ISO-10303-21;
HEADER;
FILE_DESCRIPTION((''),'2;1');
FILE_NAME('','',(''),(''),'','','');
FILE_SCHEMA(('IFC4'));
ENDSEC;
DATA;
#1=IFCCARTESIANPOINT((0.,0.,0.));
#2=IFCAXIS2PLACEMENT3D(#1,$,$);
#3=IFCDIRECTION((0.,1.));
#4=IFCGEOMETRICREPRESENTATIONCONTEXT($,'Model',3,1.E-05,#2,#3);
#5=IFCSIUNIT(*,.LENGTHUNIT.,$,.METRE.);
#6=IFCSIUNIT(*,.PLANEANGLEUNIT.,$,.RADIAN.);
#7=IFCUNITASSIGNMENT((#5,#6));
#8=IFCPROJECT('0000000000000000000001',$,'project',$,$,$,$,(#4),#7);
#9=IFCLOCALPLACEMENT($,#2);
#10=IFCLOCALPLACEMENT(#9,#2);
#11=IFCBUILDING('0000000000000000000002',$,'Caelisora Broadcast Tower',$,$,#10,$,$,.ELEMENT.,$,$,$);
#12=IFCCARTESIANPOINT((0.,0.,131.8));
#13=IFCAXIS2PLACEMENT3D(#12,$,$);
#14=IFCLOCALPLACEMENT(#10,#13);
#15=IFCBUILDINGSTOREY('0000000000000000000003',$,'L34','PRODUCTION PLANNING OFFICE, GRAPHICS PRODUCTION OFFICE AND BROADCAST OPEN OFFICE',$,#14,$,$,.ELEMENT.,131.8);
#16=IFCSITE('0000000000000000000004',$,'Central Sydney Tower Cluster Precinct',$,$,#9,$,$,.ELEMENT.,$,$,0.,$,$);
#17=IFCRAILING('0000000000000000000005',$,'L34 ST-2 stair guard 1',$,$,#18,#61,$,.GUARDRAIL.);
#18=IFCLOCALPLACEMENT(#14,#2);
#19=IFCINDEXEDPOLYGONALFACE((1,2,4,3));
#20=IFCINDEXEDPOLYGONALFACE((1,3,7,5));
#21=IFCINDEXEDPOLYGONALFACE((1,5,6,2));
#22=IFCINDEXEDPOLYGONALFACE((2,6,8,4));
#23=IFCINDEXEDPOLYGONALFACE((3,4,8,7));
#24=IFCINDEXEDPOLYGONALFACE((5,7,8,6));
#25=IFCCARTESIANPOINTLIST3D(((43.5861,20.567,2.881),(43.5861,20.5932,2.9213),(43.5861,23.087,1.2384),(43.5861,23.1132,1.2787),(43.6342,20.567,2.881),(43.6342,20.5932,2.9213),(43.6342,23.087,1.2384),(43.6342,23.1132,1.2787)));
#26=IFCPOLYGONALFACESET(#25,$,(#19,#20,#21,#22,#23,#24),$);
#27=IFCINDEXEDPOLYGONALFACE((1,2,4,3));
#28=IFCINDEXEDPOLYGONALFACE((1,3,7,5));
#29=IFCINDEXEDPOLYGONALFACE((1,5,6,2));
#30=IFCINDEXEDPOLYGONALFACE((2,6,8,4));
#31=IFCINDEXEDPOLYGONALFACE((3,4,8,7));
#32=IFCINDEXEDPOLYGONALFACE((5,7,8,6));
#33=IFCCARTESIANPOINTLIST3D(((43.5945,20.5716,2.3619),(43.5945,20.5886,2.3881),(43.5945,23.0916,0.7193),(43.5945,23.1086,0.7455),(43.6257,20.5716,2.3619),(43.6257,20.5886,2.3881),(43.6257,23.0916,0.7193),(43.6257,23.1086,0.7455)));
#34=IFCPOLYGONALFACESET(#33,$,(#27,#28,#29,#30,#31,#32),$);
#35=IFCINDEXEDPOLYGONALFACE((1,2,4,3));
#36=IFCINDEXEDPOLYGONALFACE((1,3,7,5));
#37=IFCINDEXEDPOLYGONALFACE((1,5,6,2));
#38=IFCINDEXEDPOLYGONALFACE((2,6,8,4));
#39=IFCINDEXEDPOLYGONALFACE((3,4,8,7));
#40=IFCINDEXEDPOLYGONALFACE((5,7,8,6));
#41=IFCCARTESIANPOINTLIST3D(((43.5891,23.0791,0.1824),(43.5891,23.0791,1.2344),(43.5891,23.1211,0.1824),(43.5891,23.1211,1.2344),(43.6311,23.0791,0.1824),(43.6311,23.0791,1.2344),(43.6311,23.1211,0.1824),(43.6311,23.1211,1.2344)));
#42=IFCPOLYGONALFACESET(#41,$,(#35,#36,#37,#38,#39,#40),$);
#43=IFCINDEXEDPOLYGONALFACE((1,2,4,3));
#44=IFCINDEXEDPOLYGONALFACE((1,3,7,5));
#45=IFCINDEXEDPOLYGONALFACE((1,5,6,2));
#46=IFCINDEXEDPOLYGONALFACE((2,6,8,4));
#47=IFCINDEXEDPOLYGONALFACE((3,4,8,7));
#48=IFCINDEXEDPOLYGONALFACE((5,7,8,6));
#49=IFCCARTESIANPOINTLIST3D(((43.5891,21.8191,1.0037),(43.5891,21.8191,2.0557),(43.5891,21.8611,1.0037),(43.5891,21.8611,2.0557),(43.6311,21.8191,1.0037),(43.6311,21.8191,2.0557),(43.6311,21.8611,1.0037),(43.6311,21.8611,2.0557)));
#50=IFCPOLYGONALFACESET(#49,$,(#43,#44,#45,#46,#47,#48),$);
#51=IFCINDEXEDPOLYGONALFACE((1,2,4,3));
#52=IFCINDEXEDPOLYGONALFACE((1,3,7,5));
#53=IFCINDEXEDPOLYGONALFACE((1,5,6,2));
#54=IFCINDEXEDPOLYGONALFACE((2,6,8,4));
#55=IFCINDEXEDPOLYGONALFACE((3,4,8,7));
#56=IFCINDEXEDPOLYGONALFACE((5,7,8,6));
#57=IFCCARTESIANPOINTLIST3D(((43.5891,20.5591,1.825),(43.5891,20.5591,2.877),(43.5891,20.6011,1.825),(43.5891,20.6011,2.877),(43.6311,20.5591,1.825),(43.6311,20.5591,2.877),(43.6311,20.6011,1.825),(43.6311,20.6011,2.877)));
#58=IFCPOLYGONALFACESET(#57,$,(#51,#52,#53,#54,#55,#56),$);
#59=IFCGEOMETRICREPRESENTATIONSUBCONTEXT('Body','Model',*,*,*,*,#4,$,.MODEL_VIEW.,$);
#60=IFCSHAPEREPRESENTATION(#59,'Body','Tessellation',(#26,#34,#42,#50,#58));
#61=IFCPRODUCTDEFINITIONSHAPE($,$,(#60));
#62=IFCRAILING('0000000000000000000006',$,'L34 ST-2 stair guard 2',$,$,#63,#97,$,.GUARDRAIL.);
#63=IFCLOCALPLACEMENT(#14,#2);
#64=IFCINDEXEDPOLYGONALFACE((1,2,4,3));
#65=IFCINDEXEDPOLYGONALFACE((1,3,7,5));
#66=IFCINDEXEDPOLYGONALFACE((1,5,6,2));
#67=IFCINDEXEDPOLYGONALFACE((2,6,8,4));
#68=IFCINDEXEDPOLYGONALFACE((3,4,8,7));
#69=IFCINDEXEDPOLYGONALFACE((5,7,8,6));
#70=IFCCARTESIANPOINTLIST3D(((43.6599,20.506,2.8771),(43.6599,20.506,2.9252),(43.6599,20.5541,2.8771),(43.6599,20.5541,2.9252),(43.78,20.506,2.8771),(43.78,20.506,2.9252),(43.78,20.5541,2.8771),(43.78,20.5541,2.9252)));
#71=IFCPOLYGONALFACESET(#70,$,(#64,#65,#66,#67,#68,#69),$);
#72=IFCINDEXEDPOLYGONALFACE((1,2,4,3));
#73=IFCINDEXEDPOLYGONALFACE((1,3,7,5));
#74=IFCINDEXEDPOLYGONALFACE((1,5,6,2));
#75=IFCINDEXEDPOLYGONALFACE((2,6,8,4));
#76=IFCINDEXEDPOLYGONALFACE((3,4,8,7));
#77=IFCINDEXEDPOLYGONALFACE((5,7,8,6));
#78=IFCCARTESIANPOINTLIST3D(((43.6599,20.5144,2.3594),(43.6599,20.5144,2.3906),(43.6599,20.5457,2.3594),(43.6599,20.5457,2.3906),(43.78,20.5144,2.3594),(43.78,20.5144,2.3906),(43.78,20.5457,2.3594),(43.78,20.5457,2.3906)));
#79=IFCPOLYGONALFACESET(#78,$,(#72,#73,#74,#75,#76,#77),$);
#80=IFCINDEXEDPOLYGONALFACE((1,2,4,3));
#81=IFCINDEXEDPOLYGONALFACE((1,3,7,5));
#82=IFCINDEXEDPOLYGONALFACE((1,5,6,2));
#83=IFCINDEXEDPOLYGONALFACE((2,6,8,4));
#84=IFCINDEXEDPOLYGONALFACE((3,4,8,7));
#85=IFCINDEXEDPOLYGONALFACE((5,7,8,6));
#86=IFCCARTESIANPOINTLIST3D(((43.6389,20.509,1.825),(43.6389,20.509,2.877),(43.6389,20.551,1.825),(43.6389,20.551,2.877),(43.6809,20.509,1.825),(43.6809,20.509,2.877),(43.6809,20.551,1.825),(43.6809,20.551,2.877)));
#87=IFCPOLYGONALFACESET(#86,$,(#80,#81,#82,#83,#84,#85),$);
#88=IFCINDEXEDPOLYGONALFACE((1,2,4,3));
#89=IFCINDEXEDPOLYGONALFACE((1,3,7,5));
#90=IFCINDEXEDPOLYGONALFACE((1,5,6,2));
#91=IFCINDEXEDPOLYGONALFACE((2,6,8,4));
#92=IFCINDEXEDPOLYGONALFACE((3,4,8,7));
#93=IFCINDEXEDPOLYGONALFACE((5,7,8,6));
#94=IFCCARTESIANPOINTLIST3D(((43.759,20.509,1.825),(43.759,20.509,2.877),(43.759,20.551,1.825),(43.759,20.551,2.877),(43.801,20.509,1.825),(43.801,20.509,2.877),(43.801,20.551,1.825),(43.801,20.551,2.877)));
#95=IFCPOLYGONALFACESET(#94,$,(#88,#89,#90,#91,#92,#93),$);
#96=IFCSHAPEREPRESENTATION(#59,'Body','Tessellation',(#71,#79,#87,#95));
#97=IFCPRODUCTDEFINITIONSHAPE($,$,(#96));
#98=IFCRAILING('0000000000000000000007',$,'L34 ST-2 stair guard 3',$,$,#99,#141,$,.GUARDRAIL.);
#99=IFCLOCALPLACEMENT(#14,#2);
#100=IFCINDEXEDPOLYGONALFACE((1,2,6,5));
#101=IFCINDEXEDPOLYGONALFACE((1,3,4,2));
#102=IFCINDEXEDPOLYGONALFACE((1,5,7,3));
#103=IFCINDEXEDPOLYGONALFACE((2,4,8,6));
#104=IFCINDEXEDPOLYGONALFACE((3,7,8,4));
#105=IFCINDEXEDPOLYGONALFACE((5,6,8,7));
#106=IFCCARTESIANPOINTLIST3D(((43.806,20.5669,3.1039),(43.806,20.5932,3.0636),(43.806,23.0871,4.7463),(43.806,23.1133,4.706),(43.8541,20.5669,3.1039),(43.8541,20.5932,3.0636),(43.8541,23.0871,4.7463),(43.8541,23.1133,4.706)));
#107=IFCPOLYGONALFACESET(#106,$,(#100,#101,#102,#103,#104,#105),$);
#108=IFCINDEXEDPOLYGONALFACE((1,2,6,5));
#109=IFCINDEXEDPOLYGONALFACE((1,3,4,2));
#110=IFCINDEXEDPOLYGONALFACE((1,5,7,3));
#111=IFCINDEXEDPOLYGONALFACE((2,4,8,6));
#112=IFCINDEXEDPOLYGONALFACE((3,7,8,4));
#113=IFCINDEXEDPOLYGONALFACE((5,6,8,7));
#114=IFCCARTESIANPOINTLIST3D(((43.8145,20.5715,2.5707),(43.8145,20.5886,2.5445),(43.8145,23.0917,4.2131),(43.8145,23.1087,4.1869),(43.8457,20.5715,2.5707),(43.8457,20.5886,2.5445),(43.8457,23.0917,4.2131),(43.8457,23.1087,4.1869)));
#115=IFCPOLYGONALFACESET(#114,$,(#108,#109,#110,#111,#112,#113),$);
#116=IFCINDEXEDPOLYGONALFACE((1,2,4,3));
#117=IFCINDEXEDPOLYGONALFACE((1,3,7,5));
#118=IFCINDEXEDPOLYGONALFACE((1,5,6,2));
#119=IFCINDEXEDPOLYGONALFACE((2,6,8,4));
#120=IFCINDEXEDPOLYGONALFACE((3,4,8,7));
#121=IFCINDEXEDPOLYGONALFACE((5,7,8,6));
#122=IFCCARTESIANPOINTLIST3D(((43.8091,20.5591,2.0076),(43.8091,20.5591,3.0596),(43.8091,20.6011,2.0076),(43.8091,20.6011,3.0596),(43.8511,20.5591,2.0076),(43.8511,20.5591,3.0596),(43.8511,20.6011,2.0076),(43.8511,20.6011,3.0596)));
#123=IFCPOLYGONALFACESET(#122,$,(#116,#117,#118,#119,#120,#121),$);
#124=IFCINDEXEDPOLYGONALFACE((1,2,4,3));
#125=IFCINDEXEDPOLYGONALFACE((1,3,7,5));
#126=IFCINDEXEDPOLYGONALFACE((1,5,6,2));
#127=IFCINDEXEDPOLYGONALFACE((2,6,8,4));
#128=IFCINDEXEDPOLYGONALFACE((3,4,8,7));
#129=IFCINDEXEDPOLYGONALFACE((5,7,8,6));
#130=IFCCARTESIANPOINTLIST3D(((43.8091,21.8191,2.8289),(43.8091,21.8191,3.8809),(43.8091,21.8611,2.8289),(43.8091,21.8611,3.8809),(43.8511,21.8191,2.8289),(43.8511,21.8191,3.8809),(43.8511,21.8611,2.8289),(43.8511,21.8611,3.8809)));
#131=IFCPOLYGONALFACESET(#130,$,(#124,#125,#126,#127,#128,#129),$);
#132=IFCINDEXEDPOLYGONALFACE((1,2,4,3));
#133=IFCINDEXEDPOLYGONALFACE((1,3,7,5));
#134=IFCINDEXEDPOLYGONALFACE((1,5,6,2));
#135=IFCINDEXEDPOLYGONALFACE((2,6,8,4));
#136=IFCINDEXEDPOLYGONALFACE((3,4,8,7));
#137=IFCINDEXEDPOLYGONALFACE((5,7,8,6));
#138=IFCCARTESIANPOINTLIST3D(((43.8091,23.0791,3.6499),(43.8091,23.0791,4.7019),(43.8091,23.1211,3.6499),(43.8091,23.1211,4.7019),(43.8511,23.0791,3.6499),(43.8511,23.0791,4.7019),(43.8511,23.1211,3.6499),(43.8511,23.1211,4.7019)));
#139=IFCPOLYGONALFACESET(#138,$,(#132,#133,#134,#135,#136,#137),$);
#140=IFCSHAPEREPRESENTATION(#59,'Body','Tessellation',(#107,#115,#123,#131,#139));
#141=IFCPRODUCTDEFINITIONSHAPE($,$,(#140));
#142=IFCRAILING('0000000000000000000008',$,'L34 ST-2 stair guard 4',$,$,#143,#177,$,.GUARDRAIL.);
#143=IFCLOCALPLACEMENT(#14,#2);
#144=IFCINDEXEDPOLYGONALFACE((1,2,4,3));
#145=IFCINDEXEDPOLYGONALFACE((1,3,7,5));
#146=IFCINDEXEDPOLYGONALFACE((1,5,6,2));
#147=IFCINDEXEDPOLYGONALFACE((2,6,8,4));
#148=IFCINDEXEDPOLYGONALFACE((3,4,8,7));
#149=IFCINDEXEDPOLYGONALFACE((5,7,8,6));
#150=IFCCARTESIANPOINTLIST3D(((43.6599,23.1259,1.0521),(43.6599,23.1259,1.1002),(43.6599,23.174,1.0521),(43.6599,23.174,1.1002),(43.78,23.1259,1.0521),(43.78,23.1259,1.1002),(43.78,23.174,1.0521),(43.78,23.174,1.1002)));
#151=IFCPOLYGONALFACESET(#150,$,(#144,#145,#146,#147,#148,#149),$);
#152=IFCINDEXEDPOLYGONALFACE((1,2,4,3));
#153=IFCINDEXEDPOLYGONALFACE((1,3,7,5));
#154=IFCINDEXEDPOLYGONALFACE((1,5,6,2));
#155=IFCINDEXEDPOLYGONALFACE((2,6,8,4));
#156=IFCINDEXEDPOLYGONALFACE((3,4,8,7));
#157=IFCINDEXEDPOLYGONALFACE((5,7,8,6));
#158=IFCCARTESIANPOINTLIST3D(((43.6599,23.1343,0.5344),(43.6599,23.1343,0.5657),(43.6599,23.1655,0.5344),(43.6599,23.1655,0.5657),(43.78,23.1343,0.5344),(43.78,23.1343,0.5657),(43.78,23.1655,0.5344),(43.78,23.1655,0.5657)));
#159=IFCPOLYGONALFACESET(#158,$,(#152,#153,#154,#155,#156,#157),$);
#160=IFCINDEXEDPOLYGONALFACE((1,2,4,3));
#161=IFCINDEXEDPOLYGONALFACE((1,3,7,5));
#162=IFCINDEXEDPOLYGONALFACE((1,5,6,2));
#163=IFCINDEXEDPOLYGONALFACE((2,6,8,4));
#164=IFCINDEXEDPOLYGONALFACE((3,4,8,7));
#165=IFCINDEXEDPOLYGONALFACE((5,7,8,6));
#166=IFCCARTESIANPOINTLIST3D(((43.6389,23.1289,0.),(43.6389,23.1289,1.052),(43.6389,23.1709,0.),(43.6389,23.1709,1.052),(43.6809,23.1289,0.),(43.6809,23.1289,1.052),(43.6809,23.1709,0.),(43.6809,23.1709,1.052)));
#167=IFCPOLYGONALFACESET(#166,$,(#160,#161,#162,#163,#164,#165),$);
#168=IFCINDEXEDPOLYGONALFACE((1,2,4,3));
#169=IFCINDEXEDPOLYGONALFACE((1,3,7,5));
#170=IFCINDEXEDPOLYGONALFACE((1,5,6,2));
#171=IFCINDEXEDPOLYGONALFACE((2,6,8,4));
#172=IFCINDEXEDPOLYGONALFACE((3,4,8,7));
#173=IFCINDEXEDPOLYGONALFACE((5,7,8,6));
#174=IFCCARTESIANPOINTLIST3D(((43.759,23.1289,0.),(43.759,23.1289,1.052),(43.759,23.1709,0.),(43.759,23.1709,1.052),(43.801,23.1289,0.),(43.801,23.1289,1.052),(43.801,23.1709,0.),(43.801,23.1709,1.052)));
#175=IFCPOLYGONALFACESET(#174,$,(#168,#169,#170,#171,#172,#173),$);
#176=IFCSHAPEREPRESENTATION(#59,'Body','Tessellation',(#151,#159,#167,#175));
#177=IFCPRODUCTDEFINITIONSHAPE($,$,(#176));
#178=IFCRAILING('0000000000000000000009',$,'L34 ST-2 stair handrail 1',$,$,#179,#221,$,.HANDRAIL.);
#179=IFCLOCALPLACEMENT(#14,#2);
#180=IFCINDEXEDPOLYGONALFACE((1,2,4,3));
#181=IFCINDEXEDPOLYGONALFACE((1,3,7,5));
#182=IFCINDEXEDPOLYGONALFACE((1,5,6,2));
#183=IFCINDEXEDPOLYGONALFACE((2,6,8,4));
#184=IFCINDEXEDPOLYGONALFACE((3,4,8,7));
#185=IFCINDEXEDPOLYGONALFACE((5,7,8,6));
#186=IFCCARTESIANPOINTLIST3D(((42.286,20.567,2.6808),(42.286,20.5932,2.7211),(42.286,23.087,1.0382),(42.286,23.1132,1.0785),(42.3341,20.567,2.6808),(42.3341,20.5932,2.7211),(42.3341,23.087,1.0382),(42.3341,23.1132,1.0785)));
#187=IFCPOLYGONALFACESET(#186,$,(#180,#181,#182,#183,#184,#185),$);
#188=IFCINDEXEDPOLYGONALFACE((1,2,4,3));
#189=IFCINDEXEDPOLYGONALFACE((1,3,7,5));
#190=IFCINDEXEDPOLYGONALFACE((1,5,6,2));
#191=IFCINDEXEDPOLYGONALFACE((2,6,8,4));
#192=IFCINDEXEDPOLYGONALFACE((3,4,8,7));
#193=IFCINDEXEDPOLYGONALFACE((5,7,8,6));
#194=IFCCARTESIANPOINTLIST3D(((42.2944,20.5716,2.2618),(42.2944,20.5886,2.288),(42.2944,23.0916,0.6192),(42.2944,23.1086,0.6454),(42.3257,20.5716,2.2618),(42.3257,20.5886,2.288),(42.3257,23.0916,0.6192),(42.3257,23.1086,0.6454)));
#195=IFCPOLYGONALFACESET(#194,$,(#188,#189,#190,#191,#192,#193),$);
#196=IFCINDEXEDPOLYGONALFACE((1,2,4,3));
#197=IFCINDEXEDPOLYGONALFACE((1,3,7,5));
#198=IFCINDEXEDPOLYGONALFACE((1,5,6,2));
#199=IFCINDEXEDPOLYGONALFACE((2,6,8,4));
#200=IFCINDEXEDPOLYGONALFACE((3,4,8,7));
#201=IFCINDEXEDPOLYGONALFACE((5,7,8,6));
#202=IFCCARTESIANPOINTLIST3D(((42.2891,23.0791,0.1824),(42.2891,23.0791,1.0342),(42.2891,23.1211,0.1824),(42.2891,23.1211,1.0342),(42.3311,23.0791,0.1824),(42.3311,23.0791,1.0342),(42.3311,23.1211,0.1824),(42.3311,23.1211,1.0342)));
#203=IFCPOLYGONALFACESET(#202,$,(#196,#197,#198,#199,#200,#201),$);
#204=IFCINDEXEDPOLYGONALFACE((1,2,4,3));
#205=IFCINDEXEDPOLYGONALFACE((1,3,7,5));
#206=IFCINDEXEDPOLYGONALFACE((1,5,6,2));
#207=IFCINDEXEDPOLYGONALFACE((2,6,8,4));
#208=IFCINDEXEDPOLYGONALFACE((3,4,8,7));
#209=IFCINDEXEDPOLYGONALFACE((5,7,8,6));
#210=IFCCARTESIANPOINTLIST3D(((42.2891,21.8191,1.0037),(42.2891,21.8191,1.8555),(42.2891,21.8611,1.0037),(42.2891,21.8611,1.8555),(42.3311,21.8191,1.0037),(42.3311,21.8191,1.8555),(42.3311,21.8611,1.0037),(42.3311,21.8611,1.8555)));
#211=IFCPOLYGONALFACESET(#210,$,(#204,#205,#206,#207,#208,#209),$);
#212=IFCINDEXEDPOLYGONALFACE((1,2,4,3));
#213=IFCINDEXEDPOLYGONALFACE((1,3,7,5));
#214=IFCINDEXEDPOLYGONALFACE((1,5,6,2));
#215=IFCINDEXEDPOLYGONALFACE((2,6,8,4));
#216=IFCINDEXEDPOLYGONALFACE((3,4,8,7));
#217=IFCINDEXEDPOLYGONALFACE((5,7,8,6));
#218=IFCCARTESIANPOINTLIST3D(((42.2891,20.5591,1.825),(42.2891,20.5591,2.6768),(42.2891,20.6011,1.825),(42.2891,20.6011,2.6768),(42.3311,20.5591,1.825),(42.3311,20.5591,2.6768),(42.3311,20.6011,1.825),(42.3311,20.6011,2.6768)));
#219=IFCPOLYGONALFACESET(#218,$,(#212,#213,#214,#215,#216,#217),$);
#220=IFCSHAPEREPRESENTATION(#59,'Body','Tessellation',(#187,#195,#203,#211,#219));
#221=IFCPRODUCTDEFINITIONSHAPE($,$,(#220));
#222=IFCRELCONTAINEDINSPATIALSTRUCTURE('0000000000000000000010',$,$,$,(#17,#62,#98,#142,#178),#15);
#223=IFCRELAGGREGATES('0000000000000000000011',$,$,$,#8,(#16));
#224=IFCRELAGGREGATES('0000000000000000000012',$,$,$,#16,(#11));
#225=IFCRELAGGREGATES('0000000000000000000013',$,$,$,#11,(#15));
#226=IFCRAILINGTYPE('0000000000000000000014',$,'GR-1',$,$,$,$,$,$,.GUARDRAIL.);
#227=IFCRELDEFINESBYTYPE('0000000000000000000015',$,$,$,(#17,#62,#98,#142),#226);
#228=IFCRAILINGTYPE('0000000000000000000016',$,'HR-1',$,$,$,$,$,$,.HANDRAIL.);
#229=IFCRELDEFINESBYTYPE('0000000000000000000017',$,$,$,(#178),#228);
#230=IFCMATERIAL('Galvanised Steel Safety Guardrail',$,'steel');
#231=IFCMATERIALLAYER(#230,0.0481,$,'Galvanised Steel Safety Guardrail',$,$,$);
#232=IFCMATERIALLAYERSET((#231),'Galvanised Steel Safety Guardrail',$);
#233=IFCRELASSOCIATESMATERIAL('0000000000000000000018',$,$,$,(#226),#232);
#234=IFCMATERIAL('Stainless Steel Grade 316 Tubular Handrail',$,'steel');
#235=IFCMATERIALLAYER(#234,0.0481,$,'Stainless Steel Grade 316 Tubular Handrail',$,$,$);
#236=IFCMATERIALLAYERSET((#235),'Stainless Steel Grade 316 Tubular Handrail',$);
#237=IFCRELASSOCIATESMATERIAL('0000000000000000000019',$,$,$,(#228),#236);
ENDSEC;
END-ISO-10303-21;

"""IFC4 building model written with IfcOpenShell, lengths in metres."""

from ifc_helpers import new_model, si_unit, direction, frame, origin, origin_2d, place, context, subcontext, project, spatial, rectangle, extrude, material, layer, layer_set, type_object, element, save


model = new_model("IFC4")

# Units and contexts
model_context = context("Model", 3, precision=1e-05, world=origin(), true_north=direction((0.0, 1.0)))
body_context = subcontext(model_context, "Body", "Model", "MODEL_VIEW")
ifc_project = project(units=[si_unit("LENGTHUNIT", "METRE"), si_unit("PLANEANGLEUNIT", "RADIAN")], contexts=[model_context])

# Site, building, storey
site_placement = place(None, origin())
site = spatial("IfcSite", under=ifc_project, at=site_placement, Name="Central Sydney Tower Cluster Precinct", CompositionType="ELEMENT", RefElevation=0.0)
building_placement = place(site_placement, origin())
building = spatial("IfcBuilding", under=site, at=building_placement, Name="Caelisora Broadcast Tower", CompositionType="ELEMENT")
storey_placement = place(building_placement, frame((0.0, 0.0, 131.8)))
storey = spatial("IfcBuildingStorey", under=building, at=storey_placement, Name="L34", Description="PRODUCTION PLANNING OFFICE, GRAPHICS PRODUCTION OFFICE AND BROADCAST OPEN OFFICE", CompositionType="ELEMENT", Elevation=131.8)

# Railings
ifc_material_1 = material(Name="Galvanised Steel Safety Guardrail", Category="steel")
ifc_layer_1 = layer(ifc_material_1, 0.0481, Name="Galvanised Steel Safety Guardrail")
ifc_layer_set_1 = layer_set([ifc_layer_1], Name="Galvanised Steel Safety Guardrail")
railing_type_1 = type_object("IfcRailingType", Name="GR-1", PredefinedType="GUARDRAIL", material=ifc_layer_set_1)
railing_1_placement = place(storey_placement, frame((43.6101, 23.1001, 0.1824)))
element("IfcRailing", 1, at=railing_1_placement, inside=storey, type_object=railing_type_1, Name="L34 ST-2 stair guard 1", PredefinedType="GUARDRAIL", context=body_context, shape_type="SweptSolid", body=[
    extrude(rectangle(XDim=0.0481, YDim=0.0481, at=origin_2d()), frame((0.0, 0.0, 1.0762), z_axis=(0.0, -0.837749, 0.546055), x_axis=(1.0, 0.0, 0.0)), (0.0, 0.0, 1.0), 3.0081),
    extrude(rectangle(XDim=0.0312, YDim=0.0312, at=origin_2d()), frame((0.0, 0.0, 0.55), z_axis=(0.0, -0.837749, 0.546055), x_axis=(1.0, 0.0, 0.0)), (0.0, 0.0, 1.0), 3.0081),
    extrude(rectangle(XDim=0.042, YDim=0.042, at=origin_2d()), origin(), (0.0, 0.0, 1.0), 1.052),
    extrude(rectangle(XDim=0.042, YDim=0.042, at=origin_2d()), frame((0.0, -1.26, 0.8213)), (0.0, 0.0, 1.0), 1.052),
    extrude(rectangle(XDim=0.042, YDim=0.042, at=origin_2d()), frame((0.0, -2.52, 1.6426)), (0.0, 0.0, 1.0), 1.052),
])
railing_2_placement = place(storey_placement, frame((43.6599, 20.53, 1.825)))
element("IfcRailing", 2, at=railing_2_placement, inside=storey, type_object=railing_type_1, Name="L34 ST-2 stair guard 2", PredefinedType="GUARDRAIL", context=body_context, shape_type="SweptSolid", body=[
    extrude(rectangle(XDim=0.0481, YDim=0.0481, at=origin_2d()), frame((0.0, 0.0, 1.0762), z_axis=(1.0, 0.0, 0.0), x_axis=(0.0, 1.0, 0.0)), (0.0, 0.0, 1.0), 0.1201),
    extrude(rectangle(XDim=0.0312, YDim=0.0312, at=origin_2d()), frame((0.0, 0.0, 0.55), z_axis=(1.0, 0.0, 0.0), x_axis=(0.0, 1.0, 0.0)), (0.0, 0.0, 1.0), 0.1201),
    extrude(rectangle(XDim=0.042, YDim=0.042, at=origin_2d()), origin(), (0.0, 0.0, 1.0), 1.052),
    extrude(rectangle(XDim=0.042, YDim=0.042, at=origin_2d()), frame((0.1201, 0.0, 0.0)), (0.0, 0.0, 1.0), 1.052),
])
railing_3_placement = place(storey_placement, frame((43.8301, 20.5801, 2.0076)))
element("IfcRailing", 3, at=railing_3_placement, inside=storey, type_object=railing_type_1, Name="L34 ST-2 stair guard 3", PredefinedType="GUARDRAIL", context=body_context, shape_type="SweptSolid", body=[
    extrude(rectangle(XDim=0.0481, YDim=0.0481, at=origin_2d()), frame((0.0, 0.0, 1.0762), z_axis=(0.0, 0.837787, 0.545998), x_axis=(-1.0, 0.0, 0.0)), (0.0, 0.0, 1.0), 3.0081),
    extrude(rectangle(XDim=0.0312, YDim=0.0312, at=origin_2d()), frame((0.0, 0.0, 0.55), z_axis=(0.0, 0.837787, 0.545998), x_axis=(-1.0, 0.0, 0.0)), (0.0, 0.0, 1.0), 3.0081),
    extrude(rectangle(XDim=0.042, YDim=0.042, at=origin_2d()), origin(), (0.0, 0.0, 1.0), 1.052),
    extrude(rectangle(XDim=0.042, YDim=0.042, at=origin_2d()), frame((0.0, 1.26, 0.8213)), (0.0, 0.0, 1.0), 1.052),
    extrude(rectangle(XDim=0.042, YDim=0.042, at=origin_2d()), frame((0.0, 2.52, 1.6423)), (0.0, 0.0, 1.0), 1.052),
])
railing_4_placement = place(storey_placement, frame((43.6599, 23.1499, 0.0)))
element("IfcRailing", 4, at=railing_4_placement, inside=storey, type_object=railing_type_1, Name="L34 ST-2 stair guard 4", PredefinedType="GUARDRAIL", context=body_context, shape_type="SweptSolid", body=[
    extrude(rectangle(XDim=0.0481, YDim=0.0481, at=origin_2d()), frame((0.0, 0.0, 1.0762), z_axis=(1.0, 0.0, 0.0), x_axis=(0.0, 1.0, 0.0)), (0.0, 0.0, 1.0), 0.1201),
    extrude(rectangle(XDim=0.0312, YDim=0.0312, at=origin_2d()), frame((0.0, 0.0, 0.55), z_axis=(1.0, 0.0, 0.0), x_axis=(0.0, 1.0, 0.0)), (0.0, 0.0, 1.0), 0.1201),
    extrude(rectangle(XDim=0.042, YDim=0.042, at=origin_2d()), origin(), (0.0, 0.0, 1.0), 1.052),
    extrude(rectangle(XDim=0.042, YDim=0.042, at=origin_2d()), frame((0.1201, 0.0, 0.0)), (0.0, 0.0, 1.0), 1.052),
])
ifc_material_2 = material(Name="Stainless Steel Grade 316 Tubular Handrail", Category="steel")
ifc_layer_2 = layer(ifc_material_2, 0.0481, Name="Stainless Steel Grade 316 Tubular Handrail")
ifc_layer_set_2 = layer_set([ifc_layer_2], Name="Stainless Steel Grade 316 Tubular Handrail")
railing_type_2 = type_object("IfcRailingType", Name="HR-1", PredefinedType="HANDRAIL", material=ifc_layer_set_2)
railing_5_placement = place(storey_placement, frame((42.3101, 23.1001, 0.1824)))
element("IfcRailing", 5, at=railing_5_placement, inside=storey, type_object=railing_type_2, Name="L34 ST-2 stair handrail 1", PredefinedType="HANDRAIL", context=body_context, shape_type="SweptSolid", body=[
    extrude(rectangle(XDim=0.0481, YDim=0.0481, at=origin_2d()), frame((0.0, 0.0, 0.876), z_axis=(0.0, -0.837749, 0.546055), x_axis=(1.0, 0.0, 0.0)), (0.0, 0.0, 1.0), 3.0081),
    extrude(rectangle(XDim=0.0312, YDim=0.0312, at=origin_2d()), frame((0.0, 0.0, 0.45), z_axis=(0.0, -0.837749, 0.546055), x_axis=(1.0, 0.0, 0.0)), (0.0, 0.0, 1.0), 3.0081),
    extrude(rectangle(XDim=0.042, YDim=0.042, at=origin_2d()), origin(), (0.0, 0.0, 1.0), 0.8518),
    extrude(rectangle(XDim=0.042, YDim=0.042, at=origin_2d()), frame((0.0, -1.26, 0.8213)), (0.0, 0.0, 1.0), 0.8518),
    extrude(rectangle(XDim=0.042, YDim=0.042, at=origin_2d()), frame((0.0, -2.52, 1.6426)), (0.0, 0.0, 1.0), 0.8518),
])

save(model, "model.ifc")
